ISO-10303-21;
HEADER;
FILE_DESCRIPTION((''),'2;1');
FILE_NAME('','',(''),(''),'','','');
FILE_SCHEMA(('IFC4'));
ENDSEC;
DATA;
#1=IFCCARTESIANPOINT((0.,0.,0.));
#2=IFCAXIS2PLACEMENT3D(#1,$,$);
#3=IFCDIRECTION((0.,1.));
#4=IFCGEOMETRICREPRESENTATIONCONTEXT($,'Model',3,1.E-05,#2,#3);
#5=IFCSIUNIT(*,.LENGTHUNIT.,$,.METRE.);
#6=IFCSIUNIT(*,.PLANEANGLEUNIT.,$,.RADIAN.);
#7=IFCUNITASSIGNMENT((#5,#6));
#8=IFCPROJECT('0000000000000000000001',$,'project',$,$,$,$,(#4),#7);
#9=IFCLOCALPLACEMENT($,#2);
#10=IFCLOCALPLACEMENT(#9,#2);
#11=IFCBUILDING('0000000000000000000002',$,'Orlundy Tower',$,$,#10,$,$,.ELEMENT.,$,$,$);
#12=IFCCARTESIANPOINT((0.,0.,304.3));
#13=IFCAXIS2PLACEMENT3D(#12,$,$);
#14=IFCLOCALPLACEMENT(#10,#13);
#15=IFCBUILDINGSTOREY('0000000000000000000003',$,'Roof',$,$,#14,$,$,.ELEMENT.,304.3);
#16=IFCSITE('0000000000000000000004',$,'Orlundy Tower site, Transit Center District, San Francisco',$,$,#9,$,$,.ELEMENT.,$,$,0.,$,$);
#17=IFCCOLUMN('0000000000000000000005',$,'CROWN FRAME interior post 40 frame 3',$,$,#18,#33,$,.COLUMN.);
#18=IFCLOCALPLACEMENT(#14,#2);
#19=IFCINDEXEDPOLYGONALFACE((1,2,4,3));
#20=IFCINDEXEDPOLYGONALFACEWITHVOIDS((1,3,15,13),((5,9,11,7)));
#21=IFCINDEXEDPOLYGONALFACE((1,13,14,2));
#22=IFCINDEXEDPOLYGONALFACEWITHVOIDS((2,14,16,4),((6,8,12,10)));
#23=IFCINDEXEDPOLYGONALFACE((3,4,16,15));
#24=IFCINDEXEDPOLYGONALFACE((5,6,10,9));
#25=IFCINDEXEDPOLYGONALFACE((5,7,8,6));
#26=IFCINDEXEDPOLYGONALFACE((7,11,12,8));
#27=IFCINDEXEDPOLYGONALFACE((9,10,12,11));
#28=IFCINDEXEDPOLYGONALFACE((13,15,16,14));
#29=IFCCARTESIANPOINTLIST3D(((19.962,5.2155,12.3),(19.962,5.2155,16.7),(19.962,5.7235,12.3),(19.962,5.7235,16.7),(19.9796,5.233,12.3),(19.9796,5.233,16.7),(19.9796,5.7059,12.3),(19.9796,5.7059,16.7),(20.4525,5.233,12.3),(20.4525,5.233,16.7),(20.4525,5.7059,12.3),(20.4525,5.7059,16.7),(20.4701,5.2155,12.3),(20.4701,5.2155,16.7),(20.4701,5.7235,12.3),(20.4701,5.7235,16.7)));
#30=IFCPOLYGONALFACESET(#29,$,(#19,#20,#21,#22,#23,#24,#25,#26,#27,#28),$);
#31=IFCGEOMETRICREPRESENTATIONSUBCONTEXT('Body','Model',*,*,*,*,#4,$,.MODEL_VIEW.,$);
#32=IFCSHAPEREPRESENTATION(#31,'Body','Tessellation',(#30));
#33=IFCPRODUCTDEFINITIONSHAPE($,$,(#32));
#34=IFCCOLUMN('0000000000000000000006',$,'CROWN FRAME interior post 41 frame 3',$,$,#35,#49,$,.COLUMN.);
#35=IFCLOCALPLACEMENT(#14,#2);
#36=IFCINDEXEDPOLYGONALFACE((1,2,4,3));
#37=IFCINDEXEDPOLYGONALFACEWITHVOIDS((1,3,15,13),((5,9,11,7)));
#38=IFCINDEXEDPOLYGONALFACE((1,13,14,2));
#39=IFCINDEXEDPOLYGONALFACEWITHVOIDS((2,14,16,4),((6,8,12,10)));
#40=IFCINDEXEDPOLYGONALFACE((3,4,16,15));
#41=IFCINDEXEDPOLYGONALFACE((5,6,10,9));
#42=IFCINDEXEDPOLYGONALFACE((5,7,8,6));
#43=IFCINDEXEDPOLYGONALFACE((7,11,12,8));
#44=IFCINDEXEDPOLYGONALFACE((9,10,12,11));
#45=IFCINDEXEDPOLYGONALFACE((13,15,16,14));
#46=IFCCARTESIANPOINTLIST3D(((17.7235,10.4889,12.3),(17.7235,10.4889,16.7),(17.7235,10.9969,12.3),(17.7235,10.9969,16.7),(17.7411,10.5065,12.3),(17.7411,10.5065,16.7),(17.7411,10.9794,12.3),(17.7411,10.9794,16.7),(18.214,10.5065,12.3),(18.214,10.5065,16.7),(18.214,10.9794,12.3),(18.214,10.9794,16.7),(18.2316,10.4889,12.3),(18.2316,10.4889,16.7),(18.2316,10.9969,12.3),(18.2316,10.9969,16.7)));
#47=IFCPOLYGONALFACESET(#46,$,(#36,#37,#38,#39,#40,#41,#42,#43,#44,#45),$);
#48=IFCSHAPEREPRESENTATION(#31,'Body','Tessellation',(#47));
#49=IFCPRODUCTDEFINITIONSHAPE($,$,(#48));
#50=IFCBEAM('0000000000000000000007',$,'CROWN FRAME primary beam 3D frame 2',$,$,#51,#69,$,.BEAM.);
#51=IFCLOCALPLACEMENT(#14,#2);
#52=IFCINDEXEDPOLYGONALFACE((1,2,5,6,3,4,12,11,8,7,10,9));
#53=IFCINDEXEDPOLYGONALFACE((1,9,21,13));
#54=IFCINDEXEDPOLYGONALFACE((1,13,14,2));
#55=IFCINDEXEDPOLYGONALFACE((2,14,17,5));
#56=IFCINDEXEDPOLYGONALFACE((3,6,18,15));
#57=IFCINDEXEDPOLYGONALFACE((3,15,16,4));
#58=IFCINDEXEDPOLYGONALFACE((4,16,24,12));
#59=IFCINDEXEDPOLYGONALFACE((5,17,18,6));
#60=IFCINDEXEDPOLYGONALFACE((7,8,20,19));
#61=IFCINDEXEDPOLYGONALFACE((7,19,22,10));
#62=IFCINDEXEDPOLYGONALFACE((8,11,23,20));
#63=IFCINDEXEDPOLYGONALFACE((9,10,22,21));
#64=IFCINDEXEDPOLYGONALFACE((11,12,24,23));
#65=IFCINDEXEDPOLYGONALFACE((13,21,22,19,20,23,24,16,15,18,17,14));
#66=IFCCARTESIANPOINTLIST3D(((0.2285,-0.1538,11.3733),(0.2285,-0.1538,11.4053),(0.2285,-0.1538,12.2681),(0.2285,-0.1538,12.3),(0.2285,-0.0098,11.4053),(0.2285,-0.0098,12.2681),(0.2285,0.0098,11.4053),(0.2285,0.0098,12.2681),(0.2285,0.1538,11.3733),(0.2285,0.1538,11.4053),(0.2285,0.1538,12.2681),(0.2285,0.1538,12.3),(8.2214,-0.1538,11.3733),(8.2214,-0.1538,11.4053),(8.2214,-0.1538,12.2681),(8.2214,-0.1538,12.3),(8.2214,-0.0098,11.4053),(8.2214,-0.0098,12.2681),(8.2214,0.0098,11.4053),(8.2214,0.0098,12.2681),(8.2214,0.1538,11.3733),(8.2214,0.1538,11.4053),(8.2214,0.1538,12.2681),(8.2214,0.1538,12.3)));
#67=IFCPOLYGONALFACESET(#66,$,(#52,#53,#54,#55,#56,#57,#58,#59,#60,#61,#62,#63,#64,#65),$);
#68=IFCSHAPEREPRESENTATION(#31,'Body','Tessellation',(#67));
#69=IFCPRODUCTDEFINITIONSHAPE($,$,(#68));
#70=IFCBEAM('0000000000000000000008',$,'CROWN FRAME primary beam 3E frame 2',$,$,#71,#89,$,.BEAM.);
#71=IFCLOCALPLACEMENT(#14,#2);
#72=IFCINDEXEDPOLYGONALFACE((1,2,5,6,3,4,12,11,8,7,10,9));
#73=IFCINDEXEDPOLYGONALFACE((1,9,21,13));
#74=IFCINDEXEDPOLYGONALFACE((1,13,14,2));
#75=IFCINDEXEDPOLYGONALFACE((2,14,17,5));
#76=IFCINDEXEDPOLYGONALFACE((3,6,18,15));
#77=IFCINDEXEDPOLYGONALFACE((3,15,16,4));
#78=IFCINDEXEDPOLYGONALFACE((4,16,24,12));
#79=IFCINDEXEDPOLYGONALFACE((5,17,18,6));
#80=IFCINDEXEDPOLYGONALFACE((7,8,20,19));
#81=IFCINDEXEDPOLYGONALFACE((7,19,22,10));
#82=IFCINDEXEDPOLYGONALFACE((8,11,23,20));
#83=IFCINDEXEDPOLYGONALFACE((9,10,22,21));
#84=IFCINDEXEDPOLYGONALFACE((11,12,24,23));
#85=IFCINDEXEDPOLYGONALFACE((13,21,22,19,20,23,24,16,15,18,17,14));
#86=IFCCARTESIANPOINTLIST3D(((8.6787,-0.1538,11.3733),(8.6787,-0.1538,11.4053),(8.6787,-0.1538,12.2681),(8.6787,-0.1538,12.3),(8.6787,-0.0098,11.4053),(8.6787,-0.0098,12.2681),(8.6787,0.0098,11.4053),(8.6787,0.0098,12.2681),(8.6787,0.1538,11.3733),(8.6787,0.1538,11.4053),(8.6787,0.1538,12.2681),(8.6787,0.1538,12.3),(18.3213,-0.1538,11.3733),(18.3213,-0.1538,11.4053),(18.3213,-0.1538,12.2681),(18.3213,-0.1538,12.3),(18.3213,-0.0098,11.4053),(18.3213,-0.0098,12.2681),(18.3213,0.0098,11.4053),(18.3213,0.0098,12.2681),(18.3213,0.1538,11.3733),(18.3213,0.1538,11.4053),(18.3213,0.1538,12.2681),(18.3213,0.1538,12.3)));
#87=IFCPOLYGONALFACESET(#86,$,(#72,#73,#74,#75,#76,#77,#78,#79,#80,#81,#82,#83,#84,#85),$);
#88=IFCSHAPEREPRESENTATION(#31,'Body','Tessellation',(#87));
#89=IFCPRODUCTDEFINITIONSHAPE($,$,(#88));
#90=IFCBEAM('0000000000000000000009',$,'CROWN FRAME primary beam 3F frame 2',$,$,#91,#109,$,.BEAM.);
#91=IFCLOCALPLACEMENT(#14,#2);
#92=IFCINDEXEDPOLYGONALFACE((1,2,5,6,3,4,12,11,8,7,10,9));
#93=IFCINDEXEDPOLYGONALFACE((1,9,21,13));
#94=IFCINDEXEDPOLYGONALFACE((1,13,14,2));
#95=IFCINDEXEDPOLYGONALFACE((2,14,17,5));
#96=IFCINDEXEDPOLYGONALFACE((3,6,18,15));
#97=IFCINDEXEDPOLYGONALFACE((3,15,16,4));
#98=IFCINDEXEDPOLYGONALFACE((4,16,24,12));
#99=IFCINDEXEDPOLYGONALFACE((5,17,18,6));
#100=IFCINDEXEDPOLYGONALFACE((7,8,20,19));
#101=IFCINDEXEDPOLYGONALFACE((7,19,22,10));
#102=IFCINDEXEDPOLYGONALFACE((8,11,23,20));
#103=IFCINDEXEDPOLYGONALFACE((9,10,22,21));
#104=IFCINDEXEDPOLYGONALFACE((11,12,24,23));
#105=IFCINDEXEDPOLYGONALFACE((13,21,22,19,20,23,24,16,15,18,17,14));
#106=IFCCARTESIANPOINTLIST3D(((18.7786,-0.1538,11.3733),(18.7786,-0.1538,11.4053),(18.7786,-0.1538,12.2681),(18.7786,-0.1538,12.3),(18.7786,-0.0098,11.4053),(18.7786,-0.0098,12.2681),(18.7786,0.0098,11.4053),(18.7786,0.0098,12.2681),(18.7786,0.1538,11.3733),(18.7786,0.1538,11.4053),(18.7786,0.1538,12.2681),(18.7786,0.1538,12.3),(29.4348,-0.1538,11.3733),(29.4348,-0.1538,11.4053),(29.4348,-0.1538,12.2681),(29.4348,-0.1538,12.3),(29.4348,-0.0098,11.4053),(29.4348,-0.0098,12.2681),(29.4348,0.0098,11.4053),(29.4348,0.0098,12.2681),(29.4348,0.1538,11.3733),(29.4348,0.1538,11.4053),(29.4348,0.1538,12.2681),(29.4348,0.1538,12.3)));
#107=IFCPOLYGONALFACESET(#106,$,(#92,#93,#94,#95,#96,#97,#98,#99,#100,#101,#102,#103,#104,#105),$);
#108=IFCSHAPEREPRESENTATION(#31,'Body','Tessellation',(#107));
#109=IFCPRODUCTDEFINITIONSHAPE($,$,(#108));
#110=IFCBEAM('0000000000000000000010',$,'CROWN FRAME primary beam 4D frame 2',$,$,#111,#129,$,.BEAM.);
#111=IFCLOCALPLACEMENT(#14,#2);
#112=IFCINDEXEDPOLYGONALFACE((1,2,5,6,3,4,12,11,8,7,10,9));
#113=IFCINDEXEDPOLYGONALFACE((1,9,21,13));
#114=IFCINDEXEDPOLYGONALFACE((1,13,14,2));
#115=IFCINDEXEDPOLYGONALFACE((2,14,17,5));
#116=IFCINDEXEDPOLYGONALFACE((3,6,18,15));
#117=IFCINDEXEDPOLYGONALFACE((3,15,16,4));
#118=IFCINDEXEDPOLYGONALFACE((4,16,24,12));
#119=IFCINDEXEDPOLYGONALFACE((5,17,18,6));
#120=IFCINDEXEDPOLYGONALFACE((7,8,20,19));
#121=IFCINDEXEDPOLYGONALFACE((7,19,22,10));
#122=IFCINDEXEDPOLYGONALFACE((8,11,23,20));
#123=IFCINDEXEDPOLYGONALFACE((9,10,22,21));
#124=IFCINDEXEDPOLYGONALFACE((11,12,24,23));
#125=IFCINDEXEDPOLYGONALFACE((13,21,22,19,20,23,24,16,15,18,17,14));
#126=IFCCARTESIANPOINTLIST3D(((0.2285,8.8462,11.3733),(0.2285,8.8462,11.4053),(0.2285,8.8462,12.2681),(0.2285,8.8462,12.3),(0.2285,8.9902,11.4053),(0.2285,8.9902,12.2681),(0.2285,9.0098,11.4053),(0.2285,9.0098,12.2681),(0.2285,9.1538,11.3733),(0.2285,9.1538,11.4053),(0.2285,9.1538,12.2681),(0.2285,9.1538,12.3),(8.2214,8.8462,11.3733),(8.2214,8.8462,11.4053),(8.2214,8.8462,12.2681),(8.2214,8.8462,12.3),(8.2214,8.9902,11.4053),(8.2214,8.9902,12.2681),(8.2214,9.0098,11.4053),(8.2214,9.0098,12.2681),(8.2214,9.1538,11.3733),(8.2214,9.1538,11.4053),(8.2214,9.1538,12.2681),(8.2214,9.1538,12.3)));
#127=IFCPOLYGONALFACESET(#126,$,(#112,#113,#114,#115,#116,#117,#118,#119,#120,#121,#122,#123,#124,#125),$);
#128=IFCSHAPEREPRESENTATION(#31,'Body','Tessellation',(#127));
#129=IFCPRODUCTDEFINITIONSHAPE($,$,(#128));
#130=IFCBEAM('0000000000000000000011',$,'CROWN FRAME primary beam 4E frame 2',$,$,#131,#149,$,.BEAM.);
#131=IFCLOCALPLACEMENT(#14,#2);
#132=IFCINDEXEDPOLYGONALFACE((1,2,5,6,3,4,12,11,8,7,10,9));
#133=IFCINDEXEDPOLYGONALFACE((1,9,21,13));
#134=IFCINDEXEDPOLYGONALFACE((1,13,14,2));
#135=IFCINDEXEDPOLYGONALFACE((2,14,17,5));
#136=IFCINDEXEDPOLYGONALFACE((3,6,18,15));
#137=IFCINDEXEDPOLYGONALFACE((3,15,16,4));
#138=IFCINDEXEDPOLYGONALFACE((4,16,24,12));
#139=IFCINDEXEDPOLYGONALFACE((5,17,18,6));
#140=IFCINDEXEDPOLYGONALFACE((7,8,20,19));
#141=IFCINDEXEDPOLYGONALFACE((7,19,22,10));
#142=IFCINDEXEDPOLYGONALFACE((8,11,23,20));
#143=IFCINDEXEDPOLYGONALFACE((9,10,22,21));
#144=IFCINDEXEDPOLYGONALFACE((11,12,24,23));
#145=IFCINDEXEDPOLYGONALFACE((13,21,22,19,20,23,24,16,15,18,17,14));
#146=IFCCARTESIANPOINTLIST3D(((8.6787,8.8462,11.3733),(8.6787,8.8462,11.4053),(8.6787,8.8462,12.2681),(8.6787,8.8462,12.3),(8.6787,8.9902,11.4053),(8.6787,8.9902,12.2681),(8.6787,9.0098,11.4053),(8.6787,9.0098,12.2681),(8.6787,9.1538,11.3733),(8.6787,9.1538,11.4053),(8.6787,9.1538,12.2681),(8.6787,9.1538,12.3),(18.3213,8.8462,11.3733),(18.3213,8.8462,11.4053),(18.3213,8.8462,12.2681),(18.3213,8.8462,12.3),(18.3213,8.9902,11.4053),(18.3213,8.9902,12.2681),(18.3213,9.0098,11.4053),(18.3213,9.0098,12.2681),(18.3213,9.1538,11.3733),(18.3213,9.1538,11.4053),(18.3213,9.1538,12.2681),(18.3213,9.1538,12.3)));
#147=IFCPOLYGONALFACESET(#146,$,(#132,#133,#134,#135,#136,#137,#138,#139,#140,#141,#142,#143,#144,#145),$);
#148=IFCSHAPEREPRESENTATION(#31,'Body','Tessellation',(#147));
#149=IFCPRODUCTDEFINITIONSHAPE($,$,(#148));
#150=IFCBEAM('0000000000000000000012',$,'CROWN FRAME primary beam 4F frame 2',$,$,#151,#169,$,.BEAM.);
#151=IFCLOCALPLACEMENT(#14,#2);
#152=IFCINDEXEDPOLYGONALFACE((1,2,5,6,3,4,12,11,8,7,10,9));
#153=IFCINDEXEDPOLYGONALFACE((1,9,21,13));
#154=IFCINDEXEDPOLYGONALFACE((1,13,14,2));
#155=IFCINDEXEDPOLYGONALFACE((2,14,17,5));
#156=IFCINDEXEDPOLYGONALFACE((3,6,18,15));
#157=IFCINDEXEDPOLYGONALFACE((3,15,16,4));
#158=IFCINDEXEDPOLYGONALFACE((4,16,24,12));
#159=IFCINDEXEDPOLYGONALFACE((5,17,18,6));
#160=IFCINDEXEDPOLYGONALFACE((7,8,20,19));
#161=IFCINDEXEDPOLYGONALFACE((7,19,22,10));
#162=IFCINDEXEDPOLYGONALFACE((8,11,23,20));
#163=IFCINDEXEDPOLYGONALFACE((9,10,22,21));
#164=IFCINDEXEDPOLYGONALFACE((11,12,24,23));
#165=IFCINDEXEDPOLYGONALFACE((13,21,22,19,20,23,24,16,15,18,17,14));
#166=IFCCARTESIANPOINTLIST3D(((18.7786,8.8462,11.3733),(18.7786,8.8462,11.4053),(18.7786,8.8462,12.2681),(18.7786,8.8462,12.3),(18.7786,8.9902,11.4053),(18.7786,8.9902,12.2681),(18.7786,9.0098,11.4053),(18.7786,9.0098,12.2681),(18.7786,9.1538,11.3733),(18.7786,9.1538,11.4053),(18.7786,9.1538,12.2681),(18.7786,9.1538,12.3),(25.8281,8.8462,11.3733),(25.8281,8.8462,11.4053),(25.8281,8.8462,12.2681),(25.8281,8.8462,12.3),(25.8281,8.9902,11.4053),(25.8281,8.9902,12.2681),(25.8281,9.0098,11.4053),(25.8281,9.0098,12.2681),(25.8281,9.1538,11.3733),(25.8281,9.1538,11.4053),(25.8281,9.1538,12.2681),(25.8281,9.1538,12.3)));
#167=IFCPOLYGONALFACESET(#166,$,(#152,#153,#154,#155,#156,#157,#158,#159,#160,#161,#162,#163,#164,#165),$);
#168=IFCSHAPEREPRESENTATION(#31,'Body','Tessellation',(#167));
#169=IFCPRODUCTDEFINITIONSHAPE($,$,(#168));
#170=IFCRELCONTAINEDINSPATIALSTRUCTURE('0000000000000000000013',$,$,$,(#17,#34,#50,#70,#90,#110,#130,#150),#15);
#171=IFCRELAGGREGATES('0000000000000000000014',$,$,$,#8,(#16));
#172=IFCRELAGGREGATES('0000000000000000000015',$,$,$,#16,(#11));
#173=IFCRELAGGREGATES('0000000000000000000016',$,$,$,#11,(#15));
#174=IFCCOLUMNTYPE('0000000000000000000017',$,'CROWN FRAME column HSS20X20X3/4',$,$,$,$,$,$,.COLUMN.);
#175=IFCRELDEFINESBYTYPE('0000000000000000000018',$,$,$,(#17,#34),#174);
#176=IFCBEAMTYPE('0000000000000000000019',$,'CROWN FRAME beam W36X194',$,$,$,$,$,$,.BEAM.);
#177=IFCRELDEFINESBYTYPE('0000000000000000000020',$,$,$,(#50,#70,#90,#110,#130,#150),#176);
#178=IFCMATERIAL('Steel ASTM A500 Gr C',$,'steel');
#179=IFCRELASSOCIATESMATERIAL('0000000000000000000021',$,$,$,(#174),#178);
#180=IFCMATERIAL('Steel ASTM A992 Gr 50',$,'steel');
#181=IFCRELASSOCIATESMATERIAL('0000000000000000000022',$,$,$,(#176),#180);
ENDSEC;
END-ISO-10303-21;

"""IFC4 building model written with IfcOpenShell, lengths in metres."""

from ifc_helpers import new_model, si_unit, direction, frame, origin, origin_2d, place, context, subcontext, project, spatial, hollow_rectangle, i_section, extrude, material, material_profile, profile_set, type_object, element, save


model = new_model("IFC4")

# Units and contexts
model_context = context("Model", 3, precision=1e-05, world=origin(), true_north=direction((0.0, 1.0)))
body_context = subcontext(model_context, "Body", "Model", "MODEL_VIEW")
ifc_project = project(units=[si_unit("LENGTHUNIT", "METRE"), si_unit("PLANEANGLEUNIT", "RADIAN")], contexts=[model_context])

# Site, building, storey
site_placement = place(None, origin())
site = spatial("IfcSite", under=ifc_project, at=site_placement, Name="Orlundy Tower site, Transit Center District, San Francisco", CompositionType="ELEMENT", RefElevation=0.0)
building_placement = place(site_placement, origin())
building = spatial("IfcBuilding", under=site, at=building_placement, Name="Orlundy Tower", CompositionType="ELEMENT")
storey_placement = place(building_placement, frame((0.0, 0.0, 304.3)))
storey = spatial("IfcBuildingStorey", under=building, at=storey_placement, Name="Roof", CompositionType="ELEMENT", Elevation=304.3)

# Columns
ifc_material_1 = material(Name="Steel ASTM A500 Gr C", Category="steel")
ifc_material_profile_1 = material_profile(ifc_material_1, hollow_rectangle(XDim=0.5081, YDim=0.5081, WallThickness=0.0176, at=origin_2d()), Name="HSS20X20X3/4")
ifc_profile_set_1 = profile_set([ifc_material_profile_1], Name="Steel ASTM A500 Gr C")
column_type = type_object("IfcColumnType", Name="CROWN FRAME column HSS20X20X3/4", PredefinedType="COLUMN", material=ifc_profile_set_1)
for number, where, z_axis, x_axis, name in (
    (1, (20.2161, 5.4695, 12.3), (0.0, 0.0, 1.0), (1.0, 0.0, 0.0), "CROWN FRAME interior post 40 frame 3"),
    (2, (17.9775, 10.7429, 12.3), (0.0, 0.0, 1.0), (1.0, 0.0, 0.0), "CROWN FRAME interior post 41 frame 3"),
):
    element("IfcColumn", number, at=place(storey_placement, frame(where, z_axis=z_axis, x_axis=x_axis)), inside=storey, type_object=column_type, Name=name, PredefinedType="COLUMN", context=body_context, shape_type="SweptSolid", body=[
        extrude(hollow_rectangle(XDim=0.5081, YDim=0.5081, WallThickness=0.0176, at=origin_2d()), origin(), (0.0, 0.0, 1.0), 4.3999),
    ])

# Beams
ifc_material_2 = material(Name="Steel ASTM A992 Gr 50", Category="steel")
ifc_material_profile_2 = material_profile(ifc_material_2, i_section(OverallWidth=0.3076, OverallDepth=0.9268, WebThickness=0.0195, FlangeThickness=0.032, at=origin_2d()), Name="W36X194")
ifc_profile_set_2 = profile_set([ifc_material_profile_2], Name="Steel ASTM A992 Gr 50")
beam_type = type_object("IfcBeamType", Name="CROWN FRAME beam W36X194", PredefinedType="BEAM", material=ifc_profile_set_2)
beam_1_placement = place(storey_placement, frame((0.2285, 0.0, 11.8367), z_axis=(1.0, 0.0, 0.0), x_axis=(0.0, 1.0, 0.0)))
element("IfcBeam", 3, at=beam_1_placement, inside=storey, type_object=beam_type, Name="CROWN FRAME primary beam 3D frame 2", PredefinedType="BEAM", context=body_context, shape_type="SweptSolid", body=[
    extrude(i_section(OverallWidth=0.3076, OverallDepth=0.9268, WebThickness=0.0195, FlangeThickness=0.032, at=origin_2d()), origin(), (0.0, 0.0, 1.0), 7.9929),
])
beam_2_placement = place(storey_placement, frame((8.6787, 0.0, 11.8367), z_axis=(1.0, 0.0, 0.0), x_axis=(0.0, 1.0, 0.0)))
element("IfcBeam", 4, at=beam_2_placement, inside=storey, type_object=beam_type, Name="CROWN FRAME primary beam 3E frame 2", PredefinedType="BEAM", context=body_context, shape_type="SweptSolid", body=[
    extrude(i_section(OverallWidth=0.3076, OverallDepth=0.9268, WebThickness=0.0195, FlangeThickness=0.032, at=origin_2d()), origin(), (0.0, 0.0, 1.0), 9.6426),
])
beam_3_placement = place(storey_placement, frame((18.7786, 0.0, 11.8367), z_axis=(1.0, 0.0, 0.0), x_axis=(0.0, 1.0, 0.0)))
element("IfcBeam", 5, at=beam_3_placement, inside=storey, type_object=beam_type, Name="CROWN FRAME primary beam 3F frame 2", PredefinedType="BEAM", context=body_context, shape_type="SweptSolid", body=[
    extrude(i_section(OverallWidth=0.3076, OverallDepth=0.9268, WebThickness=0.0195, FlangeThickness=0.032, at=origin_2d()), origin(), (0.0, 0.0, 1.0), 10.6562),
])
beam_4_placement = place(storey_placement, frame((0.2285, 9.0, 11.8367), z_axis=(1.0, 0.0, 0.0), x_axis=(0.0, 1.0, 0.0)))
element("IfcBeam", 6, at=beam_4_placement, inside=storey, type_object=beam_type, Name="CROWN FRAME primary beam 4D frame 2", PredefinedType="BEAM", context=body_context, shape_type="SweptSolid", body=[
    extrude(i_section(OverallWidth=0.3076, OverallDepth=0.9268, WebThickness=0.0195, FlangeThickness=0.032, at=origin_2d()), origin(), (0.0, 0.0, 1.0), 7.9929),
])
beam_5_placement = place(storey_placement, frame((8.6787, 9.0, 11.8367), z_axis=(1.0, 0.0, 0.0), x_axis=(0.0, 1.0, 0.0)))
element("IfcBeam", 7, at=beam_5_placement, inside=storey, type_object=beam_type, Name="CROWN FRAME primary beam 4E frame 2", PredefinedType="BEAM", context=body_context, shape_type="SweptSolid", body=[
    extrude(i_section(OverallWidth=0.3076, OverallDepth=0.9268, WebThickness=0.0195, FlangeThickness=0.032, at=origin_2d()), origin(), (0.0, 0.0, 1.0), 9.6426),
])
beam_6_placement = place(storey_placement, frame((18.7786, 9.0, 11.8367), z_axis=(1.0, 0.0, 0.0), x_axis=(0.0, 1.0, 0.0)))
element("IfcBeam", 8, at=beam_6_placement, inside=storey, type_object=beam_type, Name="CROWN FRAME primary beam 4F frame 2", PredefinedType="BEAM", context=body_context, shape_type="SweptSolid", body=[
    extrude(i_section(OverallWidth=0.3076, OverallDepth=0.9268, WebThickness=0.0195, FlangeThickness=0.032, at=origin_2d()), origin(), (0.0, 0.0, 1.0), 7.0496),
])

save(model, "model.ifc")
